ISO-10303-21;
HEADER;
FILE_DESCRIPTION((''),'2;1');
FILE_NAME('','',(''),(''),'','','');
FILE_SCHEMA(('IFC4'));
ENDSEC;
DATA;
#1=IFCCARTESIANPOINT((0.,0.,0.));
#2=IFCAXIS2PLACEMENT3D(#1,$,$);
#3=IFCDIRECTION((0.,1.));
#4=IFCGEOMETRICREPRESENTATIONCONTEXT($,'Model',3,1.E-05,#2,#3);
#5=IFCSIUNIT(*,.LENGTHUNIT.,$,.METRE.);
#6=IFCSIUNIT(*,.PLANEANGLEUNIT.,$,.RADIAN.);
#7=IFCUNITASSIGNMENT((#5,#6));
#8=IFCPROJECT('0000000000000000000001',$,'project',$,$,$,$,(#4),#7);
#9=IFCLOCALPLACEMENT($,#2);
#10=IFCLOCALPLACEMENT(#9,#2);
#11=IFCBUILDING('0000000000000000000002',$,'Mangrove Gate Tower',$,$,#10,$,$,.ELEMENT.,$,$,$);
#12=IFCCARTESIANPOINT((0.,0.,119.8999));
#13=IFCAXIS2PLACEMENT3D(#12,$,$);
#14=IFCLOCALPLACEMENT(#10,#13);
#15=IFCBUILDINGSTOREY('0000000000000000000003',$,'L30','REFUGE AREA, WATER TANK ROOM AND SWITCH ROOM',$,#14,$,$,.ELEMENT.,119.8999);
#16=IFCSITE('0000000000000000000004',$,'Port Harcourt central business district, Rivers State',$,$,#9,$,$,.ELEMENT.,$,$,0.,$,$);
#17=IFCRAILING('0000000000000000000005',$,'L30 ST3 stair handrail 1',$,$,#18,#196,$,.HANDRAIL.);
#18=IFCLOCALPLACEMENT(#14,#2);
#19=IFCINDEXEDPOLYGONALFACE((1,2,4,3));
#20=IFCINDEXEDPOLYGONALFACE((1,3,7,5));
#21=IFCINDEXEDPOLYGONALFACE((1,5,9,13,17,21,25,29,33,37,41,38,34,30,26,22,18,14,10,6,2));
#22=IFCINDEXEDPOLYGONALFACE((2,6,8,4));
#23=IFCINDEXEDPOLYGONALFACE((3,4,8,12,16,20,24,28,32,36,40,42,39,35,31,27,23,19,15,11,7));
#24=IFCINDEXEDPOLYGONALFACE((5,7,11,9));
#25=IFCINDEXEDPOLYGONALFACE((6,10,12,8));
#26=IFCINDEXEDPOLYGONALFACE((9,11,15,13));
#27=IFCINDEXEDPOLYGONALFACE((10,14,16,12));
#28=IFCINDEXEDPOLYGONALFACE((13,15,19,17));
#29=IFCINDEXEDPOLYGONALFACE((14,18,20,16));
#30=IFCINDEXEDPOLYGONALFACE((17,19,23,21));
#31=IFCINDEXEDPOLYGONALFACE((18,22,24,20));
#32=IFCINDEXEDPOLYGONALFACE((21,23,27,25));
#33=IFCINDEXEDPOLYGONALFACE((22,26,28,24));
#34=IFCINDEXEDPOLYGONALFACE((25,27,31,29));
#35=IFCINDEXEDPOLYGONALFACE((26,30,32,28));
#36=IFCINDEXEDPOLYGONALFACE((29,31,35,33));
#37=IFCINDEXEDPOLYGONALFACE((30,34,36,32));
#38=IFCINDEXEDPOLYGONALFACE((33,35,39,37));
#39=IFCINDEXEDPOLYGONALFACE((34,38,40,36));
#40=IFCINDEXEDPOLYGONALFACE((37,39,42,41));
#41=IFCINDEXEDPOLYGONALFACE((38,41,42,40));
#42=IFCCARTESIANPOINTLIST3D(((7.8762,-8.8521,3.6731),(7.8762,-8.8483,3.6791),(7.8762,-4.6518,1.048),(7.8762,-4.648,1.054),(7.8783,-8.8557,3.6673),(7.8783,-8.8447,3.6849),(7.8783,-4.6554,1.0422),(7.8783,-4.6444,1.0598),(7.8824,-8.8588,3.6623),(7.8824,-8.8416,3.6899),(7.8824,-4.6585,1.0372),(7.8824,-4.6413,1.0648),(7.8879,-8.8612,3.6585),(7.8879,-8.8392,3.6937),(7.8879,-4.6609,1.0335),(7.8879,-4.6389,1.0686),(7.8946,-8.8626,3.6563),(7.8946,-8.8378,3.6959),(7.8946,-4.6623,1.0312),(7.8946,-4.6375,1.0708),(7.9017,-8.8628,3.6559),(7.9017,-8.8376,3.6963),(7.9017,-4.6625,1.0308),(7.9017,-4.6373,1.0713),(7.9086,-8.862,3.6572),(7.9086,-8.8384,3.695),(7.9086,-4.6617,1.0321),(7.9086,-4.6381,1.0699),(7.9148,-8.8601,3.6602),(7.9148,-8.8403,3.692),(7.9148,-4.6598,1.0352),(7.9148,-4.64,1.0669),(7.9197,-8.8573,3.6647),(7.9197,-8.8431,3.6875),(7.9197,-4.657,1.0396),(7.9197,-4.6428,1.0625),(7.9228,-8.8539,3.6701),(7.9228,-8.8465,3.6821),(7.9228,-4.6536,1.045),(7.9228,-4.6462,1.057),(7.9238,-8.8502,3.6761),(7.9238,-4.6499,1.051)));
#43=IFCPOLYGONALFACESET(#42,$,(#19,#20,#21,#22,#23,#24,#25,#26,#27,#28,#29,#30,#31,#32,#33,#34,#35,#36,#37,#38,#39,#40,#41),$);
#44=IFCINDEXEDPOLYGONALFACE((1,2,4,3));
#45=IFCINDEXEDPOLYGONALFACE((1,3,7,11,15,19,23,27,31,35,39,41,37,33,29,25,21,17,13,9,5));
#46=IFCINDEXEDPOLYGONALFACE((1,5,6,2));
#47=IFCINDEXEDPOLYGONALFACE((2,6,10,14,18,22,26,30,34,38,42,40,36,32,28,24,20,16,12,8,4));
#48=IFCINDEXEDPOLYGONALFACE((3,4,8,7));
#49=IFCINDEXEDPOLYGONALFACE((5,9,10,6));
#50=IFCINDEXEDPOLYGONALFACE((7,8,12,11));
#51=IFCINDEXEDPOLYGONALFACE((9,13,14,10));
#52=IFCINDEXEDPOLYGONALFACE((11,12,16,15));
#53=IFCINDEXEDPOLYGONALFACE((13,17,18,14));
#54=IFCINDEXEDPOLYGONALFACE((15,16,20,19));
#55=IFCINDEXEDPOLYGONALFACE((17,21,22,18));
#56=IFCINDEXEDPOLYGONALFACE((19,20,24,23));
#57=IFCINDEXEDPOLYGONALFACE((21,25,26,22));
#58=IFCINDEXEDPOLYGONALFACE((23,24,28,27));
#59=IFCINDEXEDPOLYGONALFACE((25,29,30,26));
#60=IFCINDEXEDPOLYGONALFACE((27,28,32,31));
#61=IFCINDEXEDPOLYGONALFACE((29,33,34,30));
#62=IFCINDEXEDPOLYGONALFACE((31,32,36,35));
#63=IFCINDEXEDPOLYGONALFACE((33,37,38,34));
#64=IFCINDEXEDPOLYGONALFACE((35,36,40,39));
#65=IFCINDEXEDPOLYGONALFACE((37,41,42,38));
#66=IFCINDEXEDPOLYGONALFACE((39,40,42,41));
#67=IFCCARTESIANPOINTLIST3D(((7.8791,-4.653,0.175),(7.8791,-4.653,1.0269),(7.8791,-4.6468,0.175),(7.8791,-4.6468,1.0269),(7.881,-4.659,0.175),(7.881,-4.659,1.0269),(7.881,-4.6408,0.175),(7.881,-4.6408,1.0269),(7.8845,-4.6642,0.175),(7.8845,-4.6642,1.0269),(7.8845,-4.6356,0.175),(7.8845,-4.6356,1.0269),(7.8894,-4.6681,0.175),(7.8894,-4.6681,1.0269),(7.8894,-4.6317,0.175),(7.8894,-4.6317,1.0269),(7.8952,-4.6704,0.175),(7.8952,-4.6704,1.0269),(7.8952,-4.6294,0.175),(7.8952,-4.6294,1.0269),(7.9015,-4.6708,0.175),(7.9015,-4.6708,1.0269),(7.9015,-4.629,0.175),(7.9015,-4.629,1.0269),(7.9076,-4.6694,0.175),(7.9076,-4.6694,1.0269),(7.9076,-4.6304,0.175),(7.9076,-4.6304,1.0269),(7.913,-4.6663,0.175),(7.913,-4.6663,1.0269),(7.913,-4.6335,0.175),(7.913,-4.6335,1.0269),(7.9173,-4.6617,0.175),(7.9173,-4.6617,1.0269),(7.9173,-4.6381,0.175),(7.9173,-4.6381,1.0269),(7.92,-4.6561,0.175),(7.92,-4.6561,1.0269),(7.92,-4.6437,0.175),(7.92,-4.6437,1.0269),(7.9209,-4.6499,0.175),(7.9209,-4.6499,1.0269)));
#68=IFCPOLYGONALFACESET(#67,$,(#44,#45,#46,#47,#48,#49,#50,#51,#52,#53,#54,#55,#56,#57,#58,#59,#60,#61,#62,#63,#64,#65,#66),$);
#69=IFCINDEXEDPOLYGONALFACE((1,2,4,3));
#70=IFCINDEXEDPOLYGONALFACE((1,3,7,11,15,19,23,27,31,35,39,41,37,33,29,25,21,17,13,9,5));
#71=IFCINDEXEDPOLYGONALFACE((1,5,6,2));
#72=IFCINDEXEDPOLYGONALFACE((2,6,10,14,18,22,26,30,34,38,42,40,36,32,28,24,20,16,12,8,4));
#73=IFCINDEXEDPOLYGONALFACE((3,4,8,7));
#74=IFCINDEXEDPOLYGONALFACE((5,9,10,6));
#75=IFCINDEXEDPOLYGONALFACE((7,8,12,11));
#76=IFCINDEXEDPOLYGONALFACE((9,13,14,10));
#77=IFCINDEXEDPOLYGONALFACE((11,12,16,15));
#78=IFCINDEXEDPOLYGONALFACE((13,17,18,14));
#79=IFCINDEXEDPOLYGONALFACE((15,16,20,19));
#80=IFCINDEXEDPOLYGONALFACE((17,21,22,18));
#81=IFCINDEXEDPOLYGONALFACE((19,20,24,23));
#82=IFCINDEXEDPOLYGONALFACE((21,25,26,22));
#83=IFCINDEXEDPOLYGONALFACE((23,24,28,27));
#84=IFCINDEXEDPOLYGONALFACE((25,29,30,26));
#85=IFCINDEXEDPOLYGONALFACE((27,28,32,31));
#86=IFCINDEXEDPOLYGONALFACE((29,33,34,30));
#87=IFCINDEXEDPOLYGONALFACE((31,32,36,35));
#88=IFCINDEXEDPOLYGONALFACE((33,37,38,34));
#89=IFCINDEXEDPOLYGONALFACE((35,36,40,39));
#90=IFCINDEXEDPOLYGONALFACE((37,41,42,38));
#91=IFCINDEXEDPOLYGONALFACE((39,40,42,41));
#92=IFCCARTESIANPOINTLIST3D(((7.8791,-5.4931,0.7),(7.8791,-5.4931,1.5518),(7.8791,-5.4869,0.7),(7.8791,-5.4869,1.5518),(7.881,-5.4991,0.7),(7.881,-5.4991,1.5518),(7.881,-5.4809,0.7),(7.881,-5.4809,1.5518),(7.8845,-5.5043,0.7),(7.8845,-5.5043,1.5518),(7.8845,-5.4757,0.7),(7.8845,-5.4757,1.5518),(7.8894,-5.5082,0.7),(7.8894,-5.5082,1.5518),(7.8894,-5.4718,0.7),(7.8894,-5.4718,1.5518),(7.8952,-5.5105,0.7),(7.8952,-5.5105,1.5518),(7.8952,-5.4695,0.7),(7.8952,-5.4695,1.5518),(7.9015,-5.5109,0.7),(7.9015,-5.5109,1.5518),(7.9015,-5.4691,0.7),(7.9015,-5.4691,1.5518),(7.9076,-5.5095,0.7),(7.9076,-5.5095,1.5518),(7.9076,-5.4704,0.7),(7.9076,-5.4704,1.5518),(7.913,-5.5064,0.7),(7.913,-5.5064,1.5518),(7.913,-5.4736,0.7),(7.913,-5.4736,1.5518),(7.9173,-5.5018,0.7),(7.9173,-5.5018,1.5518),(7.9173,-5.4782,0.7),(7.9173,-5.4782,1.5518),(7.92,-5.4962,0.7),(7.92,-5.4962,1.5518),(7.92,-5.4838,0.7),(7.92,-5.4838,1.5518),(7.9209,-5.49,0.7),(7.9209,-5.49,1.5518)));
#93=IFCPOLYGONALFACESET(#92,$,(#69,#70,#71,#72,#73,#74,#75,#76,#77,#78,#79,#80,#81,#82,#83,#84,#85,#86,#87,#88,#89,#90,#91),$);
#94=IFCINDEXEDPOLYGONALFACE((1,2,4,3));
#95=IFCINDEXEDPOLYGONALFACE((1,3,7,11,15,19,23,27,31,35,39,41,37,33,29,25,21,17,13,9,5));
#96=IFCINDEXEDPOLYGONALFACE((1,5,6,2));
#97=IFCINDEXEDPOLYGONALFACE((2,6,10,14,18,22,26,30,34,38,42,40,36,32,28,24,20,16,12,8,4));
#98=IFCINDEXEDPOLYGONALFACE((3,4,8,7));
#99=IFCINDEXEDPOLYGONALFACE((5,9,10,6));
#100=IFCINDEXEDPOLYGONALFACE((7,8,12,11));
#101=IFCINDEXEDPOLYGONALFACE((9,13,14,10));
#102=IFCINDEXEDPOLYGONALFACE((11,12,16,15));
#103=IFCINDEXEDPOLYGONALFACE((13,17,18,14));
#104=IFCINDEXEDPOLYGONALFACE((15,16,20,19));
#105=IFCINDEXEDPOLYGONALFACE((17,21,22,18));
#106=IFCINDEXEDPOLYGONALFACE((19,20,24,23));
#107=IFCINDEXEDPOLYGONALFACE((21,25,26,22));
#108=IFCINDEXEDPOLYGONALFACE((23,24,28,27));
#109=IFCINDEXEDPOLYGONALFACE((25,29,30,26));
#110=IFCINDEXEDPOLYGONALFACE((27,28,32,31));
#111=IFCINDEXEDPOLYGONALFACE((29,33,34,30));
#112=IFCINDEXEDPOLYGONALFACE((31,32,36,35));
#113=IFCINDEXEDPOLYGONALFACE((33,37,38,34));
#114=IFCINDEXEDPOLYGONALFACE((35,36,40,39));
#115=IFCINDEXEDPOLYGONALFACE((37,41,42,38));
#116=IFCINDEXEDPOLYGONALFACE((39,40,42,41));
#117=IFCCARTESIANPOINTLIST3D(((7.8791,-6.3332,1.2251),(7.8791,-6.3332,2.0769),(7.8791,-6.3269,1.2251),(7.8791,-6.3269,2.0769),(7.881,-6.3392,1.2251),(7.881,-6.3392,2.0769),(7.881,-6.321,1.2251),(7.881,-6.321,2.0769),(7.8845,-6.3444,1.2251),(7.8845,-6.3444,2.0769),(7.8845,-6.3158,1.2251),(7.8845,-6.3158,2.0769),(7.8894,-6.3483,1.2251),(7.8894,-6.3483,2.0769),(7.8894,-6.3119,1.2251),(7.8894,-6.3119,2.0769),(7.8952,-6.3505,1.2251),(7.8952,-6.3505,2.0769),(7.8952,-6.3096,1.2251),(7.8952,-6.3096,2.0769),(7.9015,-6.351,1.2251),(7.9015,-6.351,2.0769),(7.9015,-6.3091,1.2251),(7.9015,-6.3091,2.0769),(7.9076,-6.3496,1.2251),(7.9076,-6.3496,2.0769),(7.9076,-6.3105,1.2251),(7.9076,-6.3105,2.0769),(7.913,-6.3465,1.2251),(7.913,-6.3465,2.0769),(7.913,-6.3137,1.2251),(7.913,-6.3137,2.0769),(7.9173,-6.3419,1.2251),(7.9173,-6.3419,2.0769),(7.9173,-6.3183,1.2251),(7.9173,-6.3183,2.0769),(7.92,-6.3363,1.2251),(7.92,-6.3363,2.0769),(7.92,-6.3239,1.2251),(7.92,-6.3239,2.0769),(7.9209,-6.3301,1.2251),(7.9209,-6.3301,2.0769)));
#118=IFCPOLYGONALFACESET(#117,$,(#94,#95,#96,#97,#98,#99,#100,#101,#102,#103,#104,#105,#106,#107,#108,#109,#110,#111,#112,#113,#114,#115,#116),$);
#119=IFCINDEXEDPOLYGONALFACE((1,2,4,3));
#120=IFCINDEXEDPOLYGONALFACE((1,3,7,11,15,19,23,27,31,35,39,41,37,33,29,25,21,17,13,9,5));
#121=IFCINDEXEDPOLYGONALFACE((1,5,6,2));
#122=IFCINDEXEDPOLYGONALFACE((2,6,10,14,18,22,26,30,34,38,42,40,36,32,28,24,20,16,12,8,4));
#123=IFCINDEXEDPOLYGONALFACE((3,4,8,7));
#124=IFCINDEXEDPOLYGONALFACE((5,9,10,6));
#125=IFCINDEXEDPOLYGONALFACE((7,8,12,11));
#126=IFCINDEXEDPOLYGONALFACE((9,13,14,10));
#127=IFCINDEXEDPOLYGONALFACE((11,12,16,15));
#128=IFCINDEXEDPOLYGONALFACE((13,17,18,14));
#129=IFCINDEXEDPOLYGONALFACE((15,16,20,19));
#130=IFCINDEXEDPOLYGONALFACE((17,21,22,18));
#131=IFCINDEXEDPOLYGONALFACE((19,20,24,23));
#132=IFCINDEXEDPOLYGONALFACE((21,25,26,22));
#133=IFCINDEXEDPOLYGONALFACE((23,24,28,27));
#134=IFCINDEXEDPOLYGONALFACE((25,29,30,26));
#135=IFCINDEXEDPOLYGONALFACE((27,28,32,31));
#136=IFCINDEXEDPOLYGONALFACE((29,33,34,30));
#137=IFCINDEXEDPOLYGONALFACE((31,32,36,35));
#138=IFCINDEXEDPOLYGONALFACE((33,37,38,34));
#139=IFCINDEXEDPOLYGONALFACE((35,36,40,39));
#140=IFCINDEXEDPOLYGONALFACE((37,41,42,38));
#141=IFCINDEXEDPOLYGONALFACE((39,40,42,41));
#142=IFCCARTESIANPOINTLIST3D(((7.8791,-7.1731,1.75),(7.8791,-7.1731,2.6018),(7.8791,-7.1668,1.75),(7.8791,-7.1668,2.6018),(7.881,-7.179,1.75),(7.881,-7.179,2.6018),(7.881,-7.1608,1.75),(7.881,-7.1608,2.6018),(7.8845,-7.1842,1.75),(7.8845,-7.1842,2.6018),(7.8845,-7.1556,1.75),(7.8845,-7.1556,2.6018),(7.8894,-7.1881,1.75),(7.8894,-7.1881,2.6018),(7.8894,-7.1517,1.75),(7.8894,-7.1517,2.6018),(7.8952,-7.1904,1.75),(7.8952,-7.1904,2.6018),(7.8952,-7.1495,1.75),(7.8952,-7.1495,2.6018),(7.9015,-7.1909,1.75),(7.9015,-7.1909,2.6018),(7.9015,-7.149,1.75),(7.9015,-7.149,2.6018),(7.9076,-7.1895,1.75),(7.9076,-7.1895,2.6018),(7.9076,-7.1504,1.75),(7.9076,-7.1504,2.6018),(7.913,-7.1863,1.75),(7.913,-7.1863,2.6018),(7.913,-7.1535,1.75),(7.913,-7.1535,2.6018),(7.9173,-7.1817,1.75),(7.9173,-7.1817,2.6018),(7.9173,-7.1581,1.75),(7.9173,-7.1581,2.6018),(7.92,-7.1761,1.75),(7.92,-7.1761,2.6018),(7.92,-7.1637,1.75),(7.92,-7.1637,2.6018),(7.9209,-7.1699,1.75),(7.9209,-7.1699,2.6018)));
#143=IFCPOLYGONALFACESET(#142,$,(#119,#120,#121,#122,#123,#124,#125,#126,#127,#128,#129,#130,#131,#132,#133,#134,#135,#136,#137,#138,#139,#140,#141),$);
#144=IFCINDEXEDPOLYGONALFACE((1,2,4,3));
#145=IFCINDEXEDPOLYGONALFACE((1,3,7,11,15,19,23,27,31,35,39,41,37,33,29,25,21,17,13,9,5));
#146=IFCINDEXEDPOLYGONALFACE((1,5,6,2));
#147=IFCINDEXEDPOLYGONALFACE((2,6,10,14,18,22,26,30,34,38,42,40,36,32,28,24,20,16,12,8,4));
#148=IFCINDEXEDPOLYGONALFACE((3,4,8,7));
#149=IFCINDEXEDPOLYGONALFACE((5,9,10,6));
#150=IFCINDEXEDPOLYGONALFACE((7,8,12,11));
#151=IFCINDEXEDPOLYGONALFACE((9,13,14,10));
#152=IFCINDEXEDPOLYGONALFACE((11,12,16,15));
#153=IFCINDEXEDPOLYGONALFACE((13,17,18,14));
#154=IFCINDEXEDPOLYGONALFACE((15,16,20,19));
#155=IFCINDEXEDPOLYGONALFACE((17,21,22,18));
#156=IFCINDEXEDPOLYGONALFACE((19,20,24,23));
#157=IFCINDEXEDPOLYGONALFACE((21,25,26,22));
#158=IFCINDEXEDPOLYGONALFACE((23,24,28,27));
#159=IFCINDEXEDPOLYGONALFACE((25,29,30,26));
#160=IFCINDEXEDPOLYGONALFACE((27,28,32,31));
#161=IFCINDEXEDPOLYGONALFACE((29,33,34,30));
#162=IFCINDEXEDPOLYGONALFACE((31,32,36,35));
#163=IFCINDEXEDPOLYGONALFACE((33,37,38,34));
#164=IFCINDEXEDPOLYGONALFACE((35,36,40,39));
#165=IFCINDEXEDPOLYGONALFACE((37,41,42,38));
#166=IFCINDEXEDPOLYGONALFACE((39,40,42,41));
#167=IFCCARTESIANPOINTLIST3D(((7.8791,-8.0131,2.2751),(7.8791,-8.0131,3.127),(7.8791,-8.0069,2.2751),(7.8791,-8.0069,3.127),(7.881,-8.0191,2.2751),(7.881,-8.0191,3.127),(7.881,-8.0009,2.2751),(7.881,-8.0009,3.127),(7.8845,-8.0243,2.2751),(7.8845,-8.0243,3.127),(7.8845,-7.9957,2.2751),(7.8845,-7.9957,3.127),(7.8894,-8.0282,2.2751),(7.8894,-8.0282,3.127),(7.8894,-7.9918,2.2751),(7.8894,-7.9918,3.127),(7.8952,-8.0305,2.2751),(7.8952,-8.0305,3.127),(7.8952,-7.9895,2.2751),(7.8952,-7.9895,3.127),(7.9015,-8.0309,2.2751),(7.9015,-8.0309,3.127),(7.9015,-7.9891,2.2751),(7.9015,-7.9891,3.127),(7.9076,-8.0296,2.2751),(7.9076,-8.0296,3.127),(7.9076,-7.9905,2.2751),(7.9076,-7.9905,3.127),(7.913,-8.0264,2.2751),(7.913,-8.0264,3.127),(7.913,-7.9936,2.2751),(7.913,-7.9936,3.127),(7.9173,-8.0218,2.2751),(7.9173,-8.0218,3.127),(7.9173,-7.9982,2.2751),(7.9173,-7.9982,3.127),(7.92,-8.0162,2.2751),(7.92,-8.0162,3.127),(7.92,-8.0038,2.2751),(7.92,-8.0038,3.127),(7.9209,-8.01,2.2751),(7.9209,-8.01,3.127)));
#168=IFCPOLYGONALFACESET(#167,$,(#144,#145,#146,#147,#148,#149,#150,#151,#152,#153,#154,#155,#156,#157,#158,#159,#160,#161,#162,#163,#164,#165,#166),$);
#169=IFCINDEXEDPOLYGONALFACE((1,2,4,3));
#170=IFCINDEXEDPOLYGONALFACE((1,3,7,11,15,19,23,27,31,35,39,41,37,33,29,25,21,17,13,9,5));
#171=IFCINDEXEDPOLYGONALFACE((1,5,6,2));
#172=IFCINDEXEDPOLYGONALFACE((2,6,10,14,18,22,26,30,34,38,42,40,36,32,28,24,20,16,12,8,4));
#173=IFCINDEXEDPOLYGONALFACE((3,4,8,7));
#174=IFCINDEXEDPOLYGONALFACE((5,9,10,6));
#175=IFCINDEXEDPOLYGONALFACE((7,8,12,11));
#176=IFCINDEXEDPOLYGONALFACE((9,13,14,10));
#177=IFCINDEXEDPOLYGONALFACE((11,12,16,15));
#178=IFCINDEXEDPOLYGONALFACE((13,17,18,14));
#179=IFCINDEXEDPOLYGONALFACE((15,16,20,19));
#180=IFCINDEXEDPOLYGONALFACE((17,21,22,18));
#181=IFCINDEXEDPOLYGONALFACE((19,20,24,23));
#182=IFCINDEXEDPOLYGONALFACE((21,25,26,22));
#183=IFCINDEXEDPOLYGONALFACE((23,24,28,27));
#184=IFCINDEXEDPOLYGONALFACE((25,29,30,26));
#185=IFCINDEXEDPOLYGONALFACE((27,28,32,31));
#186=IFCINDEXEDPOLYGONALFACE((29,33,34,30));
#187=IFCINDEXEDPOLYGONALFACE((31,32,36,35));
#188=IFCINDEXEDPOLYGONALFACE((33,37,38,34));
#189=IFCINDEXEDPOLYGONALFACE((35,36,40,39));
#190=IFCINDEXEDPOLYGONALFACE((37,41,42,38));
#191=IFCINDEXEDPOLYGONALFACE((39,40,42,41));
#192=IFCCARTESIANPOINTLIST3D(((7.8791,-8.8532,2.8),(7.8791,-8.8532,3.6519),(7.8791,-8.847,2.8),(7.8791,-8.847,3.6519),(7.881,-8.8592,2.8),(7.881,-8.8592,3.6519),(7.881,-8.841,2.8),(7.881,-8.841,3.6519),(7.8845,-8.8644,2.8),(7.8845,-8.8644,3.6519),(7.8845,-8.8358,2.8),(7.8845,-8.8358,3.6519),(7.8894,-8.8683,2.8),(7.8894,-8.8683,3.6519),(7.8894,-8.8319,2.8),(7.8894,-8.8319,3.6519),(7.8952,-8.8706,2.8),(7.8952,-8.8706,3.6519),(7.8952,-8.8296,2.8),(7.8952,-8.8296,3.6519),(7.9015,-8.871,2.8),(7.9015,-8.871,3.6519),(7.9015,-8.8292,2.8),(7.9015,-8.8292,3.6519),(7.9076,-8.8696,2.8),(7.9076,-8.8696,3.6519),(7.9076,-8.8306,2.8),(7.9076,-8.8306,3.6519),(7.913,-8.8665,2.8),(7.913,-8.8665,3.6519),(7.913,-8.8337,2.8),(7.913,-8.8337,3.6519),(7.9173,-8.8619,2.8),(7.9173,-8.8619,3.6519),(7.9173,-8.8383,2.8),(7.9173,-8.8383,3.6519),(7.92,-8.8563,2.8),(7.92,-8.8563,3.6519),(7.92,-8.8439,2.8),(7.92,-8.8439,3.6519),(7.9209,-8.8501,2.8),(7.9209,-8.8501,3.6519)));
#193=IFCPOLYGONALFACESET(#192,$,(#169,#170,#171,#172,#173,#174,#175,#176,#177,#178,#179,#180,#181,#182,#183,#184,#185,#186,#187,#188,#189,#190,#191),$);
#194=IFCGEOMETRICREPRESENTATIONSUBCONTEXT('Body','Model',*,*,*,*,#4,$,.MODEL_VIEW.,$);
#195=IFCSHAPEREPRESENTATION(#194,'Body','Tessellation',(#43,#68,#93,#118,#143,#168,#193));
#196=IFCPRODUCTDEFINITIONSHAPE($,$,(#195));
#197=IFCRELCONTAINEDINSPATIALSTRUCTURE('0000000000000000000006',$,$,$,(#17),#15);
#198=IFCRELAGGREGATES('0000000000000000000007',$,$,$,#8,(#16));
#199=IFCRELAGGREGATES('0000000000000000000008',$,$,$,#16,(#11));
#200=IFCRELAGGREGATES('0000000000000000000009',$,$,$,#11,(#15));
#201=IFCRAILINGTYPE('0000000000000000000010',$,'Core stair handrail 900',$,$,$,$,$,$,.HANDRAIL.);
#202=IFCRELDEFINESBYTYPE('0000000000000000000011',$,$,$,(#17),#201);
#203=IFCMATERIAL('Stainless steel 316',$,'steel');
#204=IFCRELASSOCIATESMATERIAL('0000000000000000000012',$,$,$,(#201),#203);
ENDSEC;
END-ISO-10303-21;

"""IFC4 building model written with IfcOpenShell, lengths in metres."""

from ifc_helpers import new_model, si_unit, direction, frame, origin, origin_2d, place, context, subcontext, project, spatial, circle, extrude, material, type_object, element, save


model = new_model("IFC4")

# Units and contexts
model_context = context("Model", 3, precision=1e-05, world=origin(), true_north=direction((0.0, 1.0)))
body_context = subcontext(model_context, "Body", "Model", "MODEL_VIEW")
ifc_project = project(units=[si_unit("LENGTHUNIT", "METRE"), si_unit("PLANEANGLEUNIT", "RADIAN")], contexts=[model_context])

# Site, building, storey
site_placement = place(None, origin())
site = spatial("IfcSite", under=ifc_project, at=site_placement, Name="Port Harcourt central business district, Rivers State", CompositionType="ELEMENT", RefElevation=0.0)
building_placement = place(site_placement, origin())
building = spatial("IfcBuilding", under=site, at=building_placement, Name="Mangrove Gate Tower", CompositionType="ELEMENT")
storey_placement = place(building_placement, frame((0.0, 0.0, 119.8999)))
storey = spatial("IfcBuildingStorey", under=building, at=storey_placement, Name="L30", Description="REFUGE AREA, WATER TANK ROOM AND SWITCH ROOM", CompositionType="ELEMENT", Elevation=119.8999)

# Railing
ifc_material_1 = material(Name="Stainless steel 316", Category="steel")
railing_type_1 = type_object("IfcRailingType", Name="Core stair handrail 900", PredefinedType="HANDRAIL", material=ifc_material_1)
railing_1_placement = place(storey_placement, frame((7.8999, -4.6499, 0.175)))
element("IfcRailing", 1, at=railing_1_placement, inside=storey, type_object=railing_type_1, Name="L30 ST3 stair handrail 1", PredefinedType="HANDRAIL", context=body_context, shape_type="SweptSolid", body=[
    extrude(circle(Radius=0.0239, at=origin_2d()), frame((0.0, 0.0, 0.876), z_axis=(0.0, -0.848009, 0.529981), x_axis=(1.0, 0.0, 0.0)), (0.0, 0.0, 1.0), 4.9531),
    extrude(circle(Radius=0.021, at=origin_2d()), origin(), (0.0, 0.0, 1.0), 0.8518),
    extrude(circle(Radius=0.021, at=origin_2d()), frame((0.0, -0.8401, 0.5249)), (0.0, 0.0, 1.0), 0.8518),
    extrude(circle(Radius=0.021, at=origin_2d()), frame((0.0, -1.6802, 1.05)), (0.0, 0.0, 1.0), 0.8518),
    extrude(circle(Radius=0.021, at=origin_2d()), frame((0.0, -2.52, 1.575)), (0.0, 0.0, 1.0), 0.8518),
    extrude(circle(Radius=0.021, at=origin_2d()), frame((0.0, -3.3601, 2.1001)), (0.0, 0.0, 1.0), 0.8518),
    extrude(circle(Radius=0.021, at=origin_2d()), frame((0.0, -4.2002, 2.625)), (0.0, 0.0, 1.0), 0.8518),
])

save(model, "model.ifc")
